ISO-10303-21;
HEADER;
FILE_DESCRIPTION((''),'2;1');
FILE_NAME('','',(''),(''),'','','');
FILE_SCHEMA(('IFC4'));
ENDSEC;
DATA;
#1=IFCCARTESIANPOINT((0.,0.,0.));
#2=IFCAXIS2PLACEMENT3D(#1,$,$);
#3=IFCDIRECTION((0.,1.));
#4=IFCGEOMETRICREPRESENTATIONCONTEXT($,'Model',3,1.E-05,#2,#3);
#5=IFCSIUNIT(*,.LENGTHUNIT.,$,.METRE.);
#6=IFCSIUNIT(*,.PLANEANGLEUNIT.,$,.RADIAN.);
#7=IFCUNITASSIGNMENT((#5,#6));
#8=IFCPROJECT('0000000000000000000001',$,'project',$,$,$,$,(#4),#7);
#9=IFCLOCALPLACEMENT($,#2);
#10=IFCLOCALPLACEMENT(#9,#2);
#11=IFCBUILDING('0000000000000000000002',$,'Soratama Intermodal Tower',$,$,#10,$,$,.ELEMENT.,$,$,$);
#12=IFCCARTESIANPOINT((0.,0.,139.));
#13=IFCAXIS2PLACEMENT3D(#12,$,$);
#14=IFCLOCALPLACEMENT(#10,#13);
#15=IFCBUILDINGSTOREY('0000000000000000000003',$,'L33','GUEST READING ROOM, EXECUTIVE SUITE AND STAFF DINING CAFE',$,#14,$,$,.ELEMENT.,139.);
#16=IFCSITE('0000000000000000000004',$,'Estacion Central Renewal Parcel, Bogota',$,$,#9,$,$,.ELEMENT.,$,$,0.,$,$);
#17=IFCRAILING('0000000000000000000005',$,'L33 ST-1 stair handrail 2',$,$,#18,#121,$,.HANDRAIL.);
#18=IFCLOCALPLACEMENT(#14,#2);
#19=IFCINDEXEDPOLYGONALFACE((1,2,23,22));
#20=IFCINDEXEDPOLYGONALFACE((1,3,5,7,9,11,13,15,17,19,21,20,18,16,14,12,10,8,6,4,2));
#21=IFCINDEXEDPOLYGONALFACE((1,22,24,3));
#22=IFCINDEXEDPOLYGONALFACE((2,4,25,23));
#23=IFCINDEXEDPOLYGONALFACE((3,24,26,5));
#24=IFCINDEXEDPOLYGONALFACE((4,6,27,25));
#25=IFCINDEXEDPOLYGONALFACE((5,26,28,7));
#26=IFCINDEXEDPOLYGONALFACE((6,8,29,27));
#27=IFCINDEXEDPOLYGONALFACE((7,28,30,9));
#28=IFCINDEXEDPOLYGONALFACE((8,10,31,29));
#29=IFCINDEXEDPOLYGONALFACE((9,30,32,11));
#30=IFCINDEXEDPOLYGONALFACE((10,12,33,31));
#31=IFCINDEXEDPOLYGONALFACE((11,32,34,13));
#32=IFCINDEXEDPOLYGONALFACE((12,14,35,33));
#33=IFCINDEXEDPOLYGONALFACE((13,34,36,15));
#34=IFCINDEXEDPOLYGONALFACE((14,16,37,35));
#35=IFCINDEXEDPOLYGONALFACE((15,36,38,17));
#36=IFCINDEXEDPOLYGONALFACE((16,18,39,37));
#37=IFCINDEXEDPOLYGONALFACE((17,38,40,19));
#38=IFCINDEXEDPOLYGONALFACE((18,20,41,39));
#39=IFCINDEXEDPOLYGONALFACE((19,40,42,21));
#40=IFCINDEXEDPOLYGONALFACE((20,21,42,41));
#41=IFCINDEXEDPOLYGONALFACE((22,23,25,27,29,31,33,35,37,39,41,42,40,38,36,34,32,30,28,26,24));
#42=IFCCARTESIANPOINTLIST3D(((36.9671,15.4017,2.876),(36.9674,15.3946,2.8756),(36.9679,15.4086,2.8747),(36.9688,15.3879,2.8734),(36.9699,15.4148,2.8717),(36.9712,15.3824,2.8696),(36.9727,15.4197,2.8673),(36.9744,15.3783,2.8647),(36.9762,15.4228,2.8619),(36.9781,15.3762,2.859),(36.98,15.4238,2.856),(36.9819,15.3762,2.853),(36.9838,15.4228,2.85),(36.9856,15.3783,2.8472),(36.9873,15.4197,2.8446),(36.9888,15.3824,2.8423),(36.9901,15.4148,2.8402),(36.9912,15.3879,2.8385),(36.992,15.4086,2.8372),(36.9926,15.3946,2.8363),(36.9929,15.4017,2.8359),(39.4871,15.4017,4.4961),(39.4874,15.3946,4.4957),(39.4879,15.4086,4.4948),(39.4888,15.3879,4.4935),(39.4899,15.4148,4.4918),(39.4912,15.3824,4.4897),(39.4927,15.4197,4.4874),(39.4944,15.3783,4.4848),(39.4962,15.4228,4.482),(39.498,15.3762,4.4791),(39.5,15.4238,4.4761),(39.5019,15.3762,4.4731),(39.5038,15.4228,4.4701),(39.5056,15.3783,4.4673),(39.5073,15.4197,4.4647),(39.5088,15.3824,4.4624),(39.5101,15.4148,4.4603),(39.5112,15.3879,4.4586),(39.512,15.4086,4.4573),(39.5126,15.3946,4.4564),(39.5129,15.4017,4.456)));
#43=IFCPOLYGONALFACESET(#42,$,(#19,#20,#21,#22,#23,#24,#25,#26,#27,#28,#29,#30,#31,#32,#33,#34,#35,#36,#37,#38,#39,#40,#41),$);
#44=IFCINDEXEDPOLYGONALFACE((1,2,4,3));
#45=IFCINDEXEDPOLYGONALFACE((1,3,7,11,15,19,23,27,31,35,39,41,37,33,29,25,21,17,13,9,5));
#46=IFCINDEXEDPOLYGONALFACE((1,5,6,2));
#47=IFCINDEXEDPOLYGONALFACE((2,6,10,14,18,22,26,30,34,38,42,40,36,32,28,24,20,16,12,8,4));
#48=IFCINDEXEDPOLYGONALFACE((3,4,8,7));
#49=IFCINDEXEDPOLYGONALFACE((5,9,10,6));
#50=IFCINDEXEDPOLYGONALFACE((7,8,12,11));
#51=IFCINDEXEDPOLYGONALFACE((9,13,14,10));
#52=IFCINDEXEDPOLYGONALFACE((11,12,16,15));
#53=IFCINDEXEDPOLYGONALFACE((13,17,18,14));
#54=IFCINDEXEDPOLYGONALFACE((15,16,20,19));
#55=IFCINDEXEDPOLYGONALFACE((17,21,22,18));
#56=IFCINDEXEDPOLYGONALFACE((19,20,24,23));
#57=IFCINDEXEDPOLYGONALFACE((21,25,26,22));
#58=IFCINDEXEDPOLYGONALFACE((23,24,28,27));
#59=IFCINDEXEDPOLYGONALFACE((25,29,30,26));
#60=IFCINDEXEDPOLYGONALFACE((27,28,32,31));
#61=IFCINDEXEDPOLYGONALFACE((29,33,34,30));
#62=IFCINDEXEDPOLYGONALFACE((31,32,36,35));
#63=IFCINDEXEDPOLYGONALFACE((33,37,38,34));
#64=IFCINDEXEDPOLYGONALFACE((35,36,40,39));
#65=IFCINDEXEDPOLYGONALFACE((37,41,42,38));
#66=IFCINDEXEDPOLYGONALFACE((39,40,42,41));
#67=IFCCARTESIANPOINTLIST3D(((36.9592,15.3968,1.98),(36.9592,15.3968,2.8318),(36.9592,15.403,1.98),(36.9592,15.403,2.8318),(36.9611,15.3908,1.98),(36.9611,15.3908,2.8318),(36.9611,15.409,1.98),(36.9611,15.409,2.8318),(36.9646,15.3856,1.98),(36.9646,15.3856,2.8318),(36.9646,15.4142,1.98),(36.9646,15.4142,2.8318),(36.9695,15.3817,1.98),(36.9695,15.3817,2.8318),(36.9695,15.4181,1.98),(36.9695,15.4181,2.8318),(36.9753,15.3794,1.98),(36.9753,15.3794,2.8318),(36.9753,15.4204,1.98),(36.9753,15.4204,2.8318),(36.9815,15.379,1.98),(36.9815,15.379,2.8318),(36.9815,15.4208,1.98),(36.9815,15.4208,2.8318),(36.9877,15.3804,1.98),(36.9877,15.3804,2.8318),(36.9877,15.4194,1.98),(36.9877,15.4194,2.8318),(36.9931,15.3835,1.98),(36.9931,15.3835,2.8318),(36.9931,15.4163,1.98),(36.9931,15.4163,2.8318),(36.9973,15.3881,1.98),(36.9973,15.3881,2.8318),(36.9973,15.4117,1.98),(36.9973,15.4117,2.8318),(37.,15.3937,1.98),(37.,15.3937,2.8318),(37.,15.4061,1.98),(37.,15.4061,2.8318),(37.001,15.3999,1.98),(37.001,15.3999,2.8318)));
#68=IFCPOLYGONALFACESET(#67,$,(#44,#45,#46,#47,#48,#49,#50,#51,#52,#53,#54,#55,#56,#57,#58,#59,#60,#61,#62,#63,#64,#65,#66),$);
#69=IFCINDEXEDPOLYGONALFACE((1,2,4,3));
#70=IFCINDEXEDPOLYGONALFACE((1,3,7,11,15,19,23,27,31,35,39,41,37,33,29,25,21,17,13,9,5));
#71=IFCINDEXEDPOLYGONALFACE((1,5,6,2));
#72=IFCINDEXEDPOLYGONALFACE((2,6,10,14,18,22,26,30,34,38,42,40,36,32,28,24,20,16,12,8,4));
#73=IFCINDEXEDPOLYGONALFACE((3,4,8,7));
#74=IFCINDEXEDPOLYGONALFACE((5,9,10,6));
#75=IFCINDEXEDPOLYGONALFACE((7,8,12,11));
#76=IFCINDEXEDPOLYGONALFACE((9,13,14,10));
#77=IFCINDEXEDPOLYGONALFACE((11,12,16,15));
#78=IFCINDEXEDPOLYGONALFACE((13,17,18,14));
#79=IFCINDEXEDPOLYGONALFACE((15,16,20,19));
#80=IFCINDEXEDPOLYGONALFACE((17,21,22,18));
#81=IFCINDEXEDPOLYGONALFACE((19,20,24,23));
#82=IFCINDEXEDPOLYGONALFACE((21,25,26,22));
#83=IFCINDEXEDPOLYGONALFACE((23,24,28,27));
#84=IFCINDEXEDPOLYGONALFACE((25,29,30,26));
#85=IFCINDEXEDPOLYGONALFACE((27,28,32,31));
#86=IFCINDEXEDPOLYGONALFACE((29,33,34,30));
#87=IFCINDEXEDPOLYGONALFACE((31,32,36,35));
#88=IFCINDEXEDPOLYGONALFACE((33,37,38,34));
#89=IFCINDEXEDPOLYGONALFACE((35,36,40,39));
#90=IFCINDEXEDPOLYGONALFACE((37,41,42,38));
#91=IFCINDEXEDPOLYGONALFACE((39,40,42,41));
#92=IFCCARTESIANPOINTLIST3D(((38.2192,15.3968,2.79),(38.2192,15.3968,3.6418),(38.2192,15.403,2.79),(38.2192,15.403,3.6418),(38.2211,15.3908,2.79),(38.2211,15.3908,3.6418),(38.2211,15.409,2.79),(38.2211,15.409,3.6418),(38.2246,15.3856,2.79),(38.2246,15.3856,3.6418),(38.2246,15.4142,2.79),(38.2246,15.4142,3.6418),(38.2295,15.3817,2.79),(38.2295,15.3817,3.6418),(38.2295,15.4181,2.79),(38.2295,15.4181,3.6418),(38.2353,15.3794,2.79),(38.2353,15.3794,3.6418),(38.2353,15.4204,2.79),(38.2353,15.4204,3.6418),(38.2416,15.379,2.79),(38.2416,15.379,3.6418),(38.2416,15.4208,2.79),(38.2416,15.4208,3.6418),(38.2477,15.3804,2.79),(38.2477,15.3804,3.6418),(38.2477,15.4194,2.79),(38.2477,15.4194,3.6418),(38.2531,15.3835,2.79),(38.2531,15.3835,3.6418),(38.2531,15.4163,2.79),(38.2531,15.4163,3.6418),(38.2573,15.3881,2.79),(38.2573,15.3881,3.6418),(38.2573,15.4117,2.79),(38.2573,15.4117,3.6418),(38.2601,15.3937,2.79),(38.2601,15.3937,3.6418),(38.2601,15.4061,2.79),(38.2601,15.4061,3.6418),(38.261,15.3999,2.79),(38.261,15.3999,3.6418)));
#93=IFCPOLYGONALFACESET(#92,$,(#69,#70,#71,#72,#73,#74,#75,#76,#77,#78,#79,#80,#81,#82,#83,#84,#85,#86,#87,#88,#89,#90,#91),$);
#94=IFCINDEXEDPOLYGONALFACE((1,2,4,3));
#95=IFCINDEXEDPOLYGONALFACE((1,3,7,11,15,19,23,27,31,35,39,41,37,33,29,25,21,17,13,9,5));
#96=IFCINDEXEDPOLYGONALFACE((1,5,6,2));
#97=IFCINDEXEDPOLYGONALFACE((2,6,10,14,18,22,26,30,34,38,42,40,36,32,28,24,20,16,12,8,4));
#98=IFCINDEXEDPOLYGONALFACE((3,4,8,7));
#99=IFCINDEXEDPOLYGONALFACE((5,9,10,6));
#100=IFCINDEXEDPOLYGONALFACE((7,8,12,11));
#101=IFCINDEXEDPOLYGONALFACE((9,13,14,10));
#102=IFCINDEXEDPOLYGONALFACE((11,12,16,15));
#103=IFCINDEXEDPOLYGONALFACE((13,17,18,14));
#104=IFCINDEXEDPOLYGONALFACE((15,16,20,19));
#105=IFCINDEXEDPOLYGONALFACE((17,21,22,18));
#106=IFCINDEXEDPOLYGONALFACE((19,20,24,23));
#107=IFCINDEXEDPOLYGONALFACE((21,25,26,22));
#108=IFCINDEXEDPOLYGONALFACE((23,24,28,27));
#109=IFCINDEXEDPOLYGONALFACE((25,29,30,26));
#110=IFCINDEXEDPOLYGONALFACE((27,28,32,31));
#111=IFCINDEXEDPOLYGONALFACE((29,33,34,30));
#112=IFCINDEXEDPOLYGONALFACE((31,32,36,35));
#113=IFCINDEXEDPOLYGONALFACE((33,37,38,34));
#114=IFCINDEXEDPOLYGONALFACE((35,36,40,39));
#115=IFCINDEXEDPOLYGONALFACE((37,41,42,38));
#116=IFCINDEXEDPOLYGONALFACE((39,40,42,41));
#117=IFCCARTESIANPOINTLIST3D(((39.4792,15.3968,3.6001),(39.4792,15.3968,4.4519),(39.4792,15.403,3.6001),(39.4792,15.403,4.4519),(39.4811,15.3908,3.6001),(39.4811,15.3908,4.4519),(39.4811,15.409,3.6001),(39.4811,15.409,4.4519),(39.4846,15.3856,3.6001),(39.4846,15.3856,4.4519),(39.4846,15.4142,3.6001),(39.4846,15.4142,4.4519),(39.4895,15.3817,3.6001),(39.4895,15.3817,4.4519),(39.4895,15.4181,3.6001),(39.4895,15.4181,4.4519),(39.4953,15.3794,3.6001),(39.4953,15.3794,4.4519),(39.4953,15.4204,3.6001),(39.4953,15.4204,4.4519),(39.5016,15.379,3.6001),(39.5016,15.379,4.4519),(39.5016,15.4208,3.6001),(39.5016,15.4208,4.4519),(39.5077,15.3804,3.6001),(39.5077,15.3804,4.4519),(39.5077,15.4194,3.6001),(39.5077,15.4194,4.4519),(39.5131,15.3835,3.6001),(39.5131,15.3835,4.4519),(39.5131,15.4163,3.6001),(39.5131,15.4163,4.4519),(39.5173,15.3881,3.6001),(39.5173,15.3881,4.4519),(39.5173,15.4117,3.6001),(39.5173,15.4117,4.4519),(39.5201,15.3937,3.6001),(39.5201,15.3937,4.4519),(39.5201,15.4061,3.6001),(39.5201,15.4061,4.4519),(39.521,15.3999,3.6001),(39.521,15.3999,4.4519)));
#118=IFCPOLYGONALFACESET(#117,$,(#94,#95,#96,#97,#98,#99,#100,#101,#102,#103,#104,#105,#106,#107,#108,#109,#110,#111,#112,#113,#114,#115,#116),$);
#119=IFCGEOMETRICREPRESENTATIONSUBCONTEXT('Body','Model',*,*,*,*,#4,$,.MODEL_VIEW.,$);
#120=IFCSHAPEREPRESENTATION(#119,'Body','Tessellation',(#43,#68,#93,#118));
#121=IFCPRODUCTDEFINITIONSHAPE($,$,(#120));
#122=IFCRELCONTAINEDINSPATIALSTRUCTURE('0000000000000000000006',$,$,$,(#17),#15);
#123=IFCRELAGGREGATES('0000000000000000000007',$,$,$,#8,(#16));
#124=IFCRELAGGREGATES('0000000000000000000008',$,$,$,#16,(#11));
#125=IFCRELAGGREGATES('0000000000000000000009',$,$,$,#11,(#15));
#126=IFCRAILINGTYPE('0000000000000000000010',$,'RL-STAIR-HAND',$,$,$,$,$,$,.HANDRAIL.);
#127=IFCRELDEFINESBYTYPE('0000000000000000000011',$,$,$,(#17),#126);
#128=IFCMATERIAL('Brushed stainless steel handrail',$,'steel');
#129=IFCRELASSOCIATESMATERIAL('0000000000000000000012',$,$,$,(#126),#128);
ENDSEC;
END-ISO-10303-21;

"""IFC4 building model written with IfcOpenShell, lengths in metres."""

from ifc_helpers import new_model, si_unit, direction, frame, origin, origin_2d, place, context, subcontext, project, spatial, circle, extrude, material, type_object, element, save


model = new_model("IFC4")

# Units and contexts
model_context = context("Model", 3, precision=1e-05, world=origin(), true_north=direction((0.0, 1.0)))
body_context = subcontext(model_context, "Body", "Model", "MODEL_VIEW")
ifc_project = project(units=[si_unit("LENGTHUNIT", "METRE"), si_unit("PLANEANGLEUNIT", "RADIAN")], contexts=[model_context])

# Site, building, storey
site_placement = place(None, origin())
site = spatial("IfcSite", under=ifc_project, at=site_placement, Name="Estacion Central Renewal Parcel, Bogota", CompositionType="ELEMENT", RefElevation=0.0)
building_placement = place(site_placement, origin())
building = spatial("IfcBuilding", under=site, at=building_placement, Name="Soratama Intermodal Tower", CompositionType="ELEMENT")
storey_placement = place(building_placement, frame((0.0, 0.0, 139.0)))
storey = spatial("IfcBuildingStorey", under=building, at=storey_placement, Name="L33", Description="GUEST READING ROOM, EXECUTIVE SUITE AND STAFF DINING CAFE", CompositionType="ELEMENT", Elevation=139.0)

# Railing
ifc_material_1 = material(Name="Brushed stainless steel handrail", Category="steel")
railing_type_1 = type_object("IfcRailingType", Name="RL-STAIR-HAND", PredefinedType="HANDRAIL", material=ifc_material_1)
railing_1_placement = place(storey_placement, frame((36.98, 15.3999, 1.98)))
element("IfcRailing", 1, at=railing_1_placement, inside=storey, type_object=railing_type_1, Name="L33 ST-1 stair handrail 2", PredefinedType="HANDRAIL", context=body_context, shape_type="SweptSolid", body=[
    extrude(circle(Radius=0.0239, at=origin_2d()), frame((0.0, 0.0, 0.876), z_axis=(0.841163, 0.0, 0.540782), x_axis=(0.0, 1.0, 0.0)), (0.0, 0.0, 1.0), 2.9958),
    extrude(circle(Radius=0.021, at=origin_2d()), origin(), (0.0, 0.0, 1.0), 0.8518),
    extrude(circle(Radius=0.021, at=origin_2d()), frame((1.26, 0.0, 0.8101)), (0.0, 0.0, 1.0), 0.8518),
    extrude(circle(Radius=0.021, at=origin_2d()), frame((2.52, 0.0, 1.6201)), (0.0, 0.0, 1.0), 0.8518),
])

save(model, "model.ifc")
